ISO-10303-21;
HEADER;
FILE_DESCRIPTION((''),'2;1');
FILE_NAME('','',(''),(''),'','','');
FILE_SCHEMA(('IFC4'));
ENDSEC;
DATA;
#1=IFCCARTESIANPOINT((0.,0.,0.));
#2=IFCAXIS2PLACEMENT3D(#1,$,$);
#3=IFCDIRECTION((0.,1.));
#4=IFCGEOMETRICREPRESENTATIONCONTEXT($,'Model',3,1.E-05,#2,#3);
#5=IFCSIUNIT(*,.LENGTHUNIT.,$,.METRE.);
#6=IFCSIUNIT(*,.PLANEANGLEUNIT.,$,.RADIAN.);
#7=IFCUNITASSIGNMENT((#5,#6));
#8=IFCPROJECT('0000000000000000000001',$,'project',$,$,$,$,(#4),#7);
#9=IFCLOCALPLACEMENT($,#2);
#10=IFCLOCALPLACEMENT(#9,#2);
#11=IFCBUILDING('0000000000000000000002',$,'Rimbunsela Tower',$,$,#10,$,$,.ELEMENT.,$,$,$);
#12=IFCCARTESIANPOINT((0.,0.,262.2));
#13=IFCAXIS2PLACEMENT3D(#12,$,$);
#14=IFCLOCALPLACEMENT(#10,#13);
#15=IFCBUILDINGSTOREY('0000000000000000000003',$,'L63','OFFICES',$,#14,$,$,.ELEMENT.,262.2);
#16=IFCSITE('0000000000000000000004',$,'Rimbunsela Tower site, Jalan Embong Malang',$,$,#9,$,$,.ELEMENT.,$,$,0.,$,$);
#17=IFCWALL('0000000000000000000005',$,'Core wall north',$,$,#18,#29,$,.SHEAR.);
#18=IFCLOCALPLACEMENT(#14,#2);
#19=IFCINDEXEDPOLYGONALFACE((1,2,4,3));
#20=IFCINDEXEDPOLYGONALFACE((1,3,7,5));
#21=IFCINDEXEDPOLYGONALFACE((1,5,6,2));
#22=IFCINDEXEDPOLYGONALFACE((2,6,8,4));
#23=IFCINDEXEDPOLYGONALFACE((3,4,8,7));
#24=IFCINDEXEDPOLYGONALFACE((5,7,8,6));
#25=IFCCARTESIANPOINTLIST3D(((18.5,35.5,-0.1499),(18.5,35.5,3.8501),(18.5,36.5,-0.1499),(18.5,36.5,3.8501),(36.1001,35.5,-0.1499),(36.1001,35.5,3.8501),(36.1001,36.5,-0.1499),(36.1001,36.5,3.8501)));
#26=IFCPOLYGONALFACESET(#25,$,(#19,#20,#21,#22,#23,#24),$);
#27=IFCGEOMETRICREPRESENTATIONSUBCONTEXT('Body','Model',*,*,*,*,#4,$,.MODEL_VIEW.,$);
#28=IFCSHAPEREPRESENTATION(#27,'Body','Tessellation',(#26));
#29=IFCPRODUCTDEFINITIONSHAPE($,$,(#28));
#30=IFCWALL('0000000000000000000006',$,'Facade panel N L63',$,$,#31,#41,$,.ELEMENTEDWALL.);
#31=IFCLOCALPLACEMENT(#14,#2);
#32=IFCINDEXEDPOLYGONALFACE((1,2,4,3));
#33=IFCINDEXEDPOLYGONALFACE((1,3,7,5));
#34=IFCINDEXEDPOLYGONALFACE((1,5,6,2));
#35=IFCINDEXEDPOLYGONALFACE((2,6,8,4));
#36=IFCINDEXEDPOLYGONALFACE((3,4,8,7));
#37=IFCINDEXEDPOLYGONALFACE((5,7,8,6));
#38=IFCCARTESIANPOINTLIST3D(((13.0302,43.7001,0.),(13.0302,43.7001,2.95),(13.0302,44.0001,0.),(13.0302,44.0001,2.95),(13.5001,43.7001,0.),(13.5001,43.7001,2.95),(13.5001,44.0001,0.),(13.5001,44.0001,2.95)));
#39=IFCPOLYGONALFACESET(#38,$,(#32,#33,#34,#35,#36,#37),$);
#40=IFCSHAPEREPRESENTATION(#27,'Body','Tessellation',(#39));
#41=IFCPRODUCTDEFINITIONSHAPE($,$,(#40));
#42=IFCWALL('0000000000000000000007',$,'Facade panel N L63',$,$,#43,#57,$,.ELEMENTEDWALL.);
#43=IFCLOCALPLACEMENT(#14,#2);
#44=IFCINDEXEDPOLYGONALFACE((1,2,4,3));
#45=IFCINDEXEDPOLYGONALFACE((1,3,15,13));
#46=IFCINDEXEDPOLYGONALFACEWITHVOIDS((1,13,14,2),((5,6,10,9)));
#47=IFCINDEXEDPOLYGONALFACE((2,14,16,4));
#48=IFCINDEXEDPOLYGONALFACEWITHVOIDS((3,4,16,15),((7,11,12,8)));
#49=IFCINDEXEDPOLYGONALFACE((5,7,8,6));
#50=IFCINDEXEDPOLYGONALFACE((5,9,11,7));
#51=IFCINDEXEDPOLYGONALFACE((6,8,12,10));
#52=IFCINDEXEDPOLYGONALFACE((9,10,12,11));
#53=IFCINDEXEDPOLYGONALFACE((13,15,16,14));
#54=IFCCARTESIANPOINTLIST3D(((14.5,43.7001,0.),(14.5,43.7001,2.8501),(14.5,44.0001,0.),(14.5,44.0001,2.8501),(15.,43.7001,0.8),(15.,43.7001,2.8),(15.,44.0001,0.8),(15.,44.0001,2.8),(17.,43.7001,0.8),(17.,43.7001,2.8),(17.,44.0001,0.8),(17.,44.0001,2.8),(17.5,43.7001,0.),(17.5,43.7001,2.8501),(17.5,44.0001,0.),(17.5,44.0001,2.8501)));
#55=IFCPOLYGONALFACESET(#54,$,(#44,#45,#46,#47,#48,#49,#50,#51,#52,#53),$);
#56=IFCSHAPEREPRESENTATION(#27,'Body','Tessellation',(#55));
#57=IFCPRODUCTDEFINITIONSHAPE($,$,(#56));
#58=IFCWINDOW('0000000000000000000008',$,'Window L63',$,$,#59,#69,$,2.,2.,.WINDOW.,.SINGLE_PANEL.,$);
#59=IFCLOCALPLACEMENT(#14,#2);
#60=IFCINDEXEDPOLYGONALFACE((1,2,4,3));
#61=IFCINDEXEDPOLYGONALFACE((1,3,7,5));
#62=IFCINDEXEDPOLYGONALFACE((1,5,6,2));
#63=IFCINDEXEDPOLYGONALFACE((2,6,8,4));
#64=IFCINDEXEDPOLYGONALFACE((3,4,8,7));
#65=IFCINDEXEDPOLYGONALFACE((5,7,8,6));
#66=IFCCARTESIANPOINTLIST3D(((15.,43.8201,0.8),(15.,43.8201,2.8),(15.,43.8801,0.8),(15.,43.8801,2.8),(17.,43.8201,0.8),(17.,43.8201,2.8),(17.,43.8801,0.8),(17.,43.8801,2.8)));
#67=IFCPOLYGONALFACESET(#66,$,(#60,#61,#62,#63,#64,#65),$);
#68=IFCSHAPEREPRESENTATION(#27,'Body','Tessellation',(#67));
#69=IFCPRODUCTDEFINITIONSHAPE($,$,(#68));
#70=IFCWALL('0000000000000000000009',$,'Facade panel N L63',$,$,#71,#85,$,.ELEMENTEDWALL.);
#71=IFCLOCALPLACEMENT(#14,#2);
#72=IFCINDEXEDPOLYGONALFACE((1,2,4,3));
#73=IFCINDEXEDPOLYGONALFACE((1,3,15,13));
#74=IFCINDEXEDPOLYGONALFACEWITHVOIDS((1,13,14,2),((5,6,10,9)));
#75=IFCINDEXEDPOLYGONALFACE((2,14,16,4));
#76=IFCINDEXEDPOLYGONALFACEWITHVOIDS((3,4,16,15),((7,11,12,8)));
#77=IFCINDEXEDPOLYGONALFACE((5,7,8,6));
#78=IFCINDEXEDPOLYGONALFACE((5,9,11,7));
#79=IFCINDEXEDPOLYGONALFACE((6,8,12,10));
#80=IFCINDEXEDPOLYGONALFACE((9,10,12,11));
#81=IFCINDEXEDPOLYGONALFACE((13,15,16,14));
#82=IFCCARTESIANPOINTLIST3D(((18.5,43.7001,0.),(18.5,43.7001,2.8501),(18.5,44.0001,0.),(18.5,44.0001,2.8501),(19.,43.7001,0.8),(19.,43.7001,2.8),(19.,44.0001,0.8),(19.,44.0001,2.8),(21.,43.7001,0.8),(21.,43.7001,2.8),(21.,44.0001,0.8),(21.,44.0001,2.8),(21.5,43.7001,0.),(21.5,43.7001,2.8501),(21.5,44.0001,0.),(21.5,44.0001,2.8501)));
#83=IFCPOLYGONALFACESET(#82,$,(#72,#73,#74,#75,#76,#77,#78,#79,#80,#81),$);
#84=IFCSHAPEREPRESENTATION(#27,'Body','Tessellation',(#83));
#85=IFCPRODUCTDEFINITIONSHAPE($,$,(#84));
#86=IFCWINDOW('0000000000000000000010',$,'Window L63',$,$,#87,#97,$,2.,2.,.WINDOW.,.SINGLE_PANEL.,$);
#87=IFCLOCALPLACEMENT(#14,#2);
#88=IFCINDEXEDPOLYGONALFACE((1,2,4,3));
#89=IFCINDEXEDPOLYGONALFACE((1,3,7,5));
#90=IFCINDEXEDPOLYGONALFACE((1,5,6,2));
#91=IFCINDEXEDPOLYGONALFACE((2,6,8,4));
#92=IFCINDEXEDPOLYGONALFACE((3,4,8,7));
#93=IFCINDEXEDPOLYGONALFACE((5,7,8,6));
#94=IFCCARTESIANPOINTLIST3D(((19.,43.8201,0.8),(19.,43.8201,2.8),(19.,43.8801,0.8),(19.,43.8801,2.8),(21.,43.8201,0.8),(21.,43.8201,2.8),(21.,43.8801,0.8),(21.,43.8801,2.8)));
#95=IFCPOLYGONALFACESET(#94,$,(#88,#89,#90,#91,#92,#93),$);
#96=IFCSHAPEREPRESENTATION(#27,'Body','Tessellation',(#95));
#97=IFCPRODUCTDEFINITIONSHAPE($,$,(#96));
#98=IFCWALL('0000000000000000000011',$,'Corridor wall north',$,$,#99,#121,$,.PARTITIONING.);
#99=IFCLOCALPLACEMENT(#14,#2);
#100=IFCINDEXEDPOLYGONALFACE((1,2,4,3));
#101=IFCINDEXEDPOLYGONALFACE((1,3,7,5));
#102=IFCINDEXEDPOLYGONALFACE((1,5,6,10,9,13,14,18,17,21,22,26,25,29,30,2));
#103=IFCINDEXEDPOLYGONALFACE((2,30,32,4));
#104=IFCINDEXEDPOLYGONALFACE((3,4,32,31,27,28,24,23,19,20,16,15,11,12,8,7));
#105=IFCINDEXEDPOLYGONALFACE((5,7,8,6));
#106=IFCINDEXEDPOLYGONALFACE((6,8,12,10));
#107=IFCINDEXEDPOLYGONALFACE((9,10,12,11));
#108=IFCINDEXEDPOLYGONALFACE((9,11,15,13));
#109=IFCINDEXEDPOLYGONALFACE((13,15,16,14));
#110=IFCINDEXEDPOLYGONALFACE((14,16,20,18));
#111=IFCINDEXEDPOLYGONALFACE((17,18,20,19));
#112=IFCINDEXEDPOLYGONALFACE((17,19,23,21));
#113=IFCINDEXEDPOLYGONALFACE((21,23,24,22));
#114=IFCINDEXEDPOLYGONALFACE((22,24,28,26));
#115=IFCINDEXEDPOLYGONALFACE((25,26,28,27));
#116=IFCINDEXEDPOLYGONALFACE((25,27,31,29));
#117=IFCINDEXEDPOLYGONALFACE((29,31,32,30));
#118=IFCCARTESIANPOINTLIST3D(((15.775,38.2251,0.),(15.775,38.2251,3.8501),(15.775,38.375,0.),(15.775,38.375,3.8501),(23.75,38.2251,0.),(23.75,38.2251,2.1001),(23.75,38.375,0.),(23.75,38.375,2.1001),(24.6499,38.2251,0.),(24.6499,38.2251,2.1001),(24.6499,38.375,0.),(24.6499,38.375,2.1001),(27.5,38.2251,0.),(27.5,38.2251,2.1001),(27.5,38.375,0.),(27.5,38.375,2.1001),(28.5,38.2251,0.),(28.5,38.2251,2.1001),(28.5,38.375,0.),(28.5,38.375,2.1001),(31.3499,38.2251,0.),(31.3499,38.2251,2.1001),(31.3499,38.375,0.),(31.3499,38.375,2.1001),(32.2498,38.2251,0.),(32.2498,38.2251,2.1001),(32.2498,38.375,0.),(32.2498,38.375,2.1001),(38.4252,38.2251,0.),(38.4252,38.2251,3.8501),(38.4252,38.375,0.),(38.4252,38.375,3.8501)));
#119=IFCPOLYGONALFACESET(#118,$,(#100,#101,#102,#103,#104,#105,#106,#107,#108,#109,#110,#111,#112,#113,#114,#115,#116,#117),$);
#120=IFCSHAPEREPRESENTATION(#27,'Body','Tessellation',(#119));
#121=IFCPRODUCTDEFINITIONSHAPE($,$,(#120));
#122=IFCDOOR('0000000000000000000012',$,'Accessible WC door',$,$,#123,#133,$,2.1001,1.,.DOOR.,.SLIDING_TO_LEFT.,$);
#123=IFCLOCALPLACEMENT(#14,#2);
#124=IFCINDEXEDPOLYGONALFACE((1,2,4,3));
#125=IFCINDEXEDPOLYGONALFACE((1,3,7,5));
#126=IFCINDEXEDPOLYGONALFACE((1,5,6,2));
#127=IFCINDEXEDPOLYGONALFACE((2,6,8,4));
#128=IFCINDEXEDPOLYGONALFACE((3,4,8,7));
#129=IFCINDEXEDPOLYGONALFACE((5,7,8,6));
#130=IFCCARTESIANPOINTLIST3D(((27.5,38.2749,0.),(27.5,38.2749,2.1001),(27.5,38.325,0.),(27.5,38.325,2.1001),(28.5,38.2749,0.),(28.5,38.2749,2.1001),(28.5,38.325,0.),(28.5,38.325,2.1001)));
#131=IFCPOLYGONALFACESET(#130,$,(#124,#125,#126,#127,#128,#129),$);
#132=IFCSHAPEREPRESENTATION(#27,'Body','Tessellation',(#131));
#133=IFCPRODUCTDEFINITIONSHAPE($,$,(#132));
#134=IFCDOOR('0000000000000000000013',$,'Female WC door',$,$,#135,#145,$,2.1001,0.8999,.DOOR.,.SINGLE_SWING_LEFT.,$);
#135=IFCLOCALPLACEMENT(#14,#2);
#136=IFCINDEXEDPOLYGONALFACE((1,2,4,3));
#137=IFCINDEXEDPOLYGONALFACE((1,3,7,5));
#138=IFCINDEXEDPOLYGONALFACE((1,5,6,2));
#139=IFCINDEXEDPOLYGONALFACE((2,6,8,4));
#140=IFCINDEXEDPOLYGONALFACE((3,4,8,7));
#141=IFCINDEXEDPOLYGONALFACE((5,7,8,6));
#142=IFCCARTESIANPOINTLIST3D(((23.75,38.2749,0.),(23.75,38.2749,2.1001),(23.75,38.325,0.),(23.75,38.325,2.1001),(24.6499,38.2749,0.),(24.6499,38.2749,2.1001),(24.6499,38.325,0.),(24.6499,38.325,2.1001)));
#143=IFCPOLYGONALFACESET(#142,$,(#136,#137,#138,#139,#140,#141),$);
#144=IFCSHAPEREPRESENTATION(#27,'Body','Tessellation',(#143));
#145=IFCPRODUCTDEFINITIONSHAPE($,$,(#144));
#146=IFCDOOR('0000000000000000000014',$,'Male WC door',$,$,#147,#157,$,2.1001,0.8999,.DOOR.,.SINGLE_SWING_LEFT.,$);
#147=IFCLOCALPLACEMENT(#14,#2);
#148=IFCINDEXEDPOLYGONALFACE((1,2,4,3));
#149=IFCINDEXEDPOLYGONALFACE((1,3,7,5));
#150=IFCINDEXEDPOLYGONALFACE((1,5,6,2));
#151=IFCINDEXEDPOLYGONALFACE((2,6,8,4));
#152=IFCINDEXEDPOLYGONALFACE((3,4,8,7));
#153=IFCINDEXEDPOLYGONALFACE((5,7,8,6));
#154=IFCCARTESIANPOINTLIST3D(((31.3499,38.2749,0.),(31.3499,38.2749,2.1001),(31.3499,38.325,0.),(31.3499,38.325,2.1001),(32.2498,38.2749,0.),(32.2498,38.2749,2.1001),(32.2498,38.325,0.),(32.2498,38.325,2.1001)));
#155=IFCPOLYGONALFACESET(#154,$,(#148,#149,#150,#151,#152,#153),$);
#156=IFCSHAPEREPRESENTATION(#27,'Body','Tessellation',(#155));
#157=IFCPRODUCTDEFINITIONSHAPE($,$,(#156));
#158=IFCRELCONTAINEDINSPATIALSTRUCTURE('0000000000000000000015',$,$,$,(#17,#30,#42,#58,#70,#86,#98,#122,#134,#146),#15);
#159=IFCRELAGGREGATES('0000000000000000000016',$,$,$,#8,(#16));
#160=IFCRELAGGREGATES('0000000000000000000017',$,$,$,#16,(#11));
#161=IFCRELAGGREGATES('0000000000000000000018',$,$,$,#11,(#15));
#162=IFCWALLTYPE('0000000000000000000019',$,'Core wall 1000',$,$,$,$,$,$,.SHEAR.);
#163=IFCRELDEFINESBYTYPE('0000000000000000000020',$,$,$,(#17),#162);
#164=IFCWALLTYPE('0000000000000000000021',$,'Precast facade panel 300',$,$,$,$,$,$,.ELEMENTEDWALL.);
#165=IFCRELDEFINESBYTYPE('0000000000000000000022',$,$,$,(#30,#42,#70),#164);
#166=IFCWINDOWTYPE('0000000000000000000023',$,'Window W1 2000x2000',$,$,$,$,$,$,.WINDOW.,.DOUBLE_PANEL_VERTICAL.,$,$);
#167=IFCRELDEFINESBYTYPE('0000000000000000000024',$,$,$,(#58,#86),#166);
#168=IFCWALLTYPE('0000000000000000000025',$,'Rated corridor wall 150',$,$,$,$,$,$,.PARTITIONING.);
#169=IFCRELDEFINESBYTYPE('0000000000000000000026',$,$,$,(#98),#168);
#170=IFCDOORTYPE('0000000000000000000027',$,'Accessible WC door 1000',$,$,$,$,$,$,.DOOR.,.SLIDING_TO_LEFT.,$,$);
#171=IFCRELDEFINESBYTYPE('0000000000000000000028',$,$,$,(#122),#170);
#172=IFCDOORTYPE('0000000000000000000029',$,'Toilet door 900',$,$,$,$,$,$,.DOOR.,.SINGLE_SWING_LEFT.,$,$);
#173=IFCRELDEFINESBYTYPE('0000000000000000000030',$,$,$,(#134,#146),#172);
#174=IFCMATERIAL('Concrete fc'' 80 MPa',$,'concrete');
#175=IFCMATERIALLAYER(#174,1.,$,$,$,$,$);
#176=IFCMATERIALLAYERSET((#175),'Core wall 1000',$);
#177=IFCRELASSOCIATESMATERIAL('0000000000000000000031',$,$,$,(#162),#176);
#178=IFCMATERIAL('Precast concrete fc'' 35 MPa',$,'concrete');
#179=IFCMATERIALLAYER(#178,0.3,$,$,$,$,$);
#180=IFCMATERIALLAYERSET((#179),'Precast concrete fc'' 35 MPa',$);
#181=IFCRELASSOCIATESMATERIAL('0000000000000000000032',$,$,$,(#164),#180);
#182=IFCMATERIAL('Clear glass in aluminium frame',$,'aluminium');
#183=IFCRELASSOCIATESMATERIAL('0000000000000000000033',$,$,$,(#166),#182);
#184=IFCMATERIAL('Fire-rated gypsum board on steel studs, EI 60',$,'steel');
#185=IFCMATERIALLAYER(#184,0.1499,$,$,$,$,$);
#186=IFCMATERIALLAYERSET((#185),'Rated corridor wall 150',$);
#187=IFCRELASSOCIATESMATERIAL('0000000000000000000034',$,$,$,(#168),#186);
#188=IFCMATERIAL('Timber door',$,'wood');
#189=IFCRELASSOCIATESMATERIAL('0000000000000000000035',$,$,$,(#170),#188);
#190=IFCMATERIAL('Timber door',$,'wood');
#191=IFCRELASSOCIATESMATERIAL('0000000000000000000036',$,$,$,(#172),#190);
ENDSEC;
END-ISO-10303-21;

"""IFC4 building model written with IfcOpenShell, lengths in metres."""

from ifc_helpers import new_model, si_unit, direction, frame, frame_2d, origin, place, context, subcontext, project, spatial, rectangle, extrude, material, layer, layer_set, type_object, element, fill, save


model = new_model("IFC4")

# Units and contexts
model_context = context("Model", 3, precision=1e-05, world=origin(), true_north=direction((0.0, 1.0)))
body_context = subcontext(model_context, "Body", "Model", "MODEL_VIEW")
ifc_project = project(units=[si_unit("LENGTHUNIT", "METRE"), si_unit("PLANEANGLEUNIT", "RADIAN")], contexts=[model_context])

# Site, building, storey
site_placement = place(None, origin())
site = spatial("IfcSite", under=ifc_project, at=site_placement, Name="Rimbunsela Tower site, Jalan Embong Malang", CompositionType="ELEMENT", RefElevation=0.0)
building_placement = place(site_placement, origin())
building = spatial("IfcBuilding", under=site, at=building_placement, Name="Rimbunsela Tower", CompositionType="ELEMENT")
storey_placement = place(building_placement, frame((0.0, 0.0, 262.2)))
storey = spatial("IfcBuildingStorey", under=building, at=storey_placement, Name="L63", Description="OFFICES", CompositionType="ELEMENT", Elevation=262.2)

# Walls
ifc_material_1 = material(Name="Concrete fc' 80 MPa", Category="concrete")
ifc_layer_1 = layer(ifc_material_1, 1.0)
ifc_layer_set_1 = layer_set([ifc_layer_1], Name="Core wall 1000")
wall_type_1 = type_object("IfcWallType", Name="Core wall 1000", PredefinedType="SHEAR", material=ifc_layer_set_1)
wall_1_placement = place(storey_placement, frame((18.5, 36.0, -0.1499), z_axis=(0.0, 0.0, 1.0), x_axis=(1.0, 0.0, 0.0)))
element("IfcWall", 1, at=wall_1_placement, inside=storey, type_object=wall_type_1, Name="Core wall north", PredefinedType="SHEAR", context=body_context, shape_type="SweptSolid", body=[
    extrude(rectangle(XDim=17.6001, YDim=1.0, at=frame_2d((8.8, 0.0))), origin(), (0.0, 0.0, 1.0), 4.0),
])
ifc_material_2 = material(Name="Precast concrete fc' 35 MPa", Category="concrete")
ifc_layer_2 = layer(ifc_material_2, 0.3)
ifc_layer_set_2 = layer_set([ifc_layer_2], Name="Precast concrete fc' 35 MPa")
wall_type_2 = type_object("IfcWallType", Name="Precast facade panel 300", PredefinedType="ELEMENTEDWALL", material=ifc_layer_set_2)
wall_2_placement = place(storey_placement, frame((13.5, 43.8501, 0.0), z_axis=(0.0, 0.0, 1.0), x_axis=(-1.0, 0.0, 0.0)))
element("IfcWall", 2, at=wall_2_placement, inside=storey, type_object=wall_type_2, Name="Facade panel N L63", PredefinedType="ELEMENTEDWALL", context=body_context, shape_type="SweptSolid", body=[
    extrude(rectangle(XDim=0.47, YDim=0.3, at=frame_2d((0.2349, 0.0))), origin(), (0.0, 0.0, 1.0), 2.95),
])

# Walls, openings, windows
wall_3_placement = place(storey_placement, frame((17.5, 43.8501, 0.0), z_axis=(0.0, 0.0, 1.0), x_axis=(-1.0, 0.0, 0.0)))
wall_3 = element("IfcWall", 3, at=wall_3_placement, inside=storey, type_object=wall_type_2, Name="Facade panel N L63", PredefinedType="ELEMENTEDWALL", context=body_context, shape_type="SweptSolid", body=[
    extrude(rectangle(XDim=3.0, YDim=0.3, at=frame_2d((1.5, 0.0))), origin(), (0.0, 0.0, 1.0), 2.8501),
])
opening_1_placement = place(wall_3_placement, frame((0.5, 0.0, 0.8)))
opening_1 = element("IfcOpeningElement", 4, at=opening_1_placement, cuts=wall_3, PredefinedType="OPENING", context=body_context, shape_type="SweptSolid", body=[
    extrude(rectangle(XDim=2.0, YDim=2.0, at=frame_2d((1.0, 1.0))), frame((0.0, 0.1599, 0.0), z_axis=(0.0, -1.0, 0.0), x_axis=(1.0, 0.0, 0.0)), (0.0, 0.0, 1.0), 0.3201),
])
ifc_material_3 = material(Name="Clear glass in aluminium frame", Category="aluminium")
window_type = type_object("IfcWindowType", Name="Window W1 2000x2000", PartitioningType="DOUBLE_PANEL_VERTICAL", PredefinedType="WINDOW", material=ifc_material_3)
window_1_placement = place(opening_1_placement, origin())
window_1 = element("IfcWindow", 5, at=window_1_placement, inside=storey, type_object=window_type, Name="Window L63", OverallHeight=2.0, OverallWidth=2.0, PartitioningType="SINGLE_PANEL", PredefinedType="WINDOW", context=body_context, shape_type="SweptSolid", body=[
    extrude(rectangle(XDim=2.0, YDim=2.0, at=frame_2d((1.0, 1.0))), frame((0.0, 0.03, 0.0), z_axis=(0.0, -1.0, 0.0), x_axis=(1.0, 0.0, 0.0)), (0.0, 0.0, 1.0), 0.0601),
])
fill(opening_1, window_1)
wall_4_placement = place(storey_placement, frame((21.5, 43.8501, 0.0), z_axis=(0.0, 0.0, 1.0), x_axis=(-1.0, 0.0, 0.0)))
wall_4 = element("IfcWall", 6, at=wall_4_placement, inside=storey, type_object=wall_type_2, Name="Facade panel N L63", PredefinedType="ELEMENTEDWALL", context=body_context, shape_type="SweptSolid", body=[
    extrude(rectangle(XDim=3.0, YDim=0.3, at=frame_2d((1.5, 0.0))), origin(), (0.0, 0.0, 1.0), 2.8501),
])
opening_2_placement = place(wall_4_placement, frame((0.5, 0.0, 0.8)))
opening_2 = element("IfcOpeningElement", 7, at=opening_2_placement, cuts=wall_4, PredefinedType="OPENING", context=body_context, shape_type="SweptSolid", body=[
    extrude(rectangle(XDim=2.0, YDim=2.0, at=frame_2d((1.0, 1.0))), frame((0.0, 0.1599, 0.0), z_axis=(0.0, -1.0, 0.0), x_axis=(1.0, 0.0, 0.0)), (0.0, 0.0, 1.0), 0.3201),
])
window_2_placement = place(opening_2_placement, origin())
window_2 = element("IfcWindow", 8, at=window_2_placement, inside=storey, type_object=window_type, Name="Window L63", OverallHeight=2.0, OverallWidth=2.0, PartitioningType="SINGLE_PANEL", PredefinedType="WINDOW", context=body_context, shape_type="SweptSolid", body=[
    extrude(rectangle(XDim=2.0, YDim=2.0, at=frame_2d((1.0, 1.0))), frame((0.0, 0.03, 0.0), z_axis=(0.0, -1.0, 0.0), x_axis=(1.0, 0.0, 0.0)), (0.0, 0.0, 1.0), 0.0601),
])
fill(opening_2, window_2)

# Wall, openings, doors
ifc_material_4 = material(Name="Fire-rated gypsum board on steel studs, EI 60", Category="steel")
ifc_layer_3 = layer(ifc_material_4, 0.1499)
ifc_layer_set_3 = layer_set([ifc_layer_3], Name="Rated corridor wall 150")
wall_type_3 = type_object("IfcWallType", Name="Rated corridor wall 150", PredefinedType="PARTITIONING", material=ifc_layer_set_3)
wall_5_placement = place(storey_placement, frame((15.7749, 38.3, 0.0), z_axis=(0.0, 0.0, 1.0), x_axis=(1.0, 0.0, 0.0)))
wall_5 = element("IfcWall", 9, at=wall_5_placement, inside=storey, type_object=wall_type_3, Name="Corridor wall north", PredefinedType="PARTITIONING", context=body_context, shape_type="SweptSolid", body=[
    extrude(rectangle(XDim=22.6501, YDim=0.1499, at=frame_2d((11.3252, 0.0))), origin(), (0.0, 0.0, 1.0), 3.8501),
])
opening_3_placement = place(wall_5_placement, frame((7.9751, 0.0, 0.0)))
opening_3 = element("IfcOpeningElement", 10, at=opening_3_placement, cuts=wall_5, PredefinedType="OPENING", context=body_context, shape_type="SweptSolid", body=[
    extrude(rectangle(XDim=0.8999, YDim=2.1001, at=frame_2d((0.45, 1.05))), frame((0.0, 0.085, 0.0), z_axis=(0.0, -1.0, 0.0), x_axis=(1.0, 0.0, 0.0)), (0.0, 0.0, 1.0), 0.1699),
])
opening_4_placement = place(wall_5_placement, frame((11.7251, 0.0, 0.0)))
opening_4 = element("IfcOpeningElement", 11, at=opening_4_placement, cuts=wall_5, PredefinedType="OPENING", context=body_context, shape_type="SweptSolid", body=[
    extrude(rectangle(XDim=1.0, YDim=2.1001, at=frame_2d((0.5, 1.05))), frame((0.0, 0.085, 0.0), z_axis=(0.0, -1.0, 0.0), x_axis=(1.0, 0.0, 0.0)), (0.0, 0.0, 1.0), 0.1699),
])
opening_5_placement = place(wall_5_placement, frame((15.575, 0.0, 0.0)))
opening_5 = element("IfcOpeningElement", 12, at=opening_5_placement, cuts=wall_5, PredefinedType="OPENING", context=body_context, shape_type="SweptSolid", body=[
    extrude(rectangle(XDim=0.8999, YDim=2.1001, at=frame_2d((0.45, 1.05))), frame((0.0, 0.085, 0.0), z_axis=(0.0, -1.0, 0.0), x_axis=(1.0, 0.0, 0.0)), (0.0, 0.0, 1.0), 0.1699),
])
ifc_material_5 = material(Name="Timber door", Category="wood")
door_type_1 = type_object("IfcDoorType", Name="Accessible WC door 1000", OperationType="SLIDING_TO_LEFT", PredefinedType="DOOR", material=ifc_material_5)
door_1_placement = place(opening_4_placement, origin())
door_1 = element("IfcDoor", 13, at=door_1_placement, inside=storey, type_object=door_type_1, Name="Accessible WC door", OperationType="SLIDING_TO_LEFT", OverallHeight=2.1001, OverallWidth=1.0, PredefinedType="DOOR", context=body_context, shape_type="SweptSolid", body=[
    extrude(rectangle(XDim=1.0, YDim=2.1001, at=frame_2d((0.5, 1.05))), frame((0.0, 0.0249, 0.0), z_axis=(0.0, -1.0, 0.0), x_axis=(1.0, 0.0, 0.0)), (0.0, 0.0, 1.0), 0.05),
])
fill(opening_4, door_1)
ifc_material_6 = material(Name="Timber door", Category="wood")
door_type_2 = type_object("IfcDoorType", Name="Toilet door 900", OperationType="SINGLE_SWING_LEFT", PredefinedType="DOOR", material=ifc_material_6)
door_2_placement = place(opening_3_placement, origin())
door_2 = element("IfcDoor", 14, at=door_2_placement, inside=storey, type_object=door_type_2, Name="Female WC door", OperationType="SINGLE_SWING_LEFT", OverallHeight=2.1001, OverallWidth=0.8999, PredefinedType="DOOR", context=body_context, shape_type="SweptSolid", body=[
    extrude(rectangle(XDim=0.8999, YDim=2.1001, at=frame_2d((0.45, 1.05))), frame((0.0, 0.0249, 0.0), z_axis=(0.0, -1.0, 0.0), x_axis=(1.0, 0.0, 0.0)), (0.0, 0.0, 1.0), 0.05),
])
fill(opening_3, door_2)
door_3_placement = place(opening_5_placement, origin())
door_3 = element("IfcDoor", 15, at=door_3_placement, inside=storey, type_object=door_type_2, Name="Male WC door", OperationType="SINGLE_SWING_LEFT", OverallHeight=2.1001, OverallWidth=0.8999, PredefinedType="DOOR", context=body_context, shape_type="SweptSolid", body=[
    extrude(rectangle(XDim=0.8999, YDim=2.1001, at=frame_2d((0.45, 1.05))), frame((0.0, 0.0249, 0.0), z_axis=(0.0, -1.0, 0.0), x_axis=(1.0, 0.0, 0.0)), (0.0, 0.0, 1.0), 0.05),
])
fill(opening_5, door_3)

save(model, "model.ifc")
